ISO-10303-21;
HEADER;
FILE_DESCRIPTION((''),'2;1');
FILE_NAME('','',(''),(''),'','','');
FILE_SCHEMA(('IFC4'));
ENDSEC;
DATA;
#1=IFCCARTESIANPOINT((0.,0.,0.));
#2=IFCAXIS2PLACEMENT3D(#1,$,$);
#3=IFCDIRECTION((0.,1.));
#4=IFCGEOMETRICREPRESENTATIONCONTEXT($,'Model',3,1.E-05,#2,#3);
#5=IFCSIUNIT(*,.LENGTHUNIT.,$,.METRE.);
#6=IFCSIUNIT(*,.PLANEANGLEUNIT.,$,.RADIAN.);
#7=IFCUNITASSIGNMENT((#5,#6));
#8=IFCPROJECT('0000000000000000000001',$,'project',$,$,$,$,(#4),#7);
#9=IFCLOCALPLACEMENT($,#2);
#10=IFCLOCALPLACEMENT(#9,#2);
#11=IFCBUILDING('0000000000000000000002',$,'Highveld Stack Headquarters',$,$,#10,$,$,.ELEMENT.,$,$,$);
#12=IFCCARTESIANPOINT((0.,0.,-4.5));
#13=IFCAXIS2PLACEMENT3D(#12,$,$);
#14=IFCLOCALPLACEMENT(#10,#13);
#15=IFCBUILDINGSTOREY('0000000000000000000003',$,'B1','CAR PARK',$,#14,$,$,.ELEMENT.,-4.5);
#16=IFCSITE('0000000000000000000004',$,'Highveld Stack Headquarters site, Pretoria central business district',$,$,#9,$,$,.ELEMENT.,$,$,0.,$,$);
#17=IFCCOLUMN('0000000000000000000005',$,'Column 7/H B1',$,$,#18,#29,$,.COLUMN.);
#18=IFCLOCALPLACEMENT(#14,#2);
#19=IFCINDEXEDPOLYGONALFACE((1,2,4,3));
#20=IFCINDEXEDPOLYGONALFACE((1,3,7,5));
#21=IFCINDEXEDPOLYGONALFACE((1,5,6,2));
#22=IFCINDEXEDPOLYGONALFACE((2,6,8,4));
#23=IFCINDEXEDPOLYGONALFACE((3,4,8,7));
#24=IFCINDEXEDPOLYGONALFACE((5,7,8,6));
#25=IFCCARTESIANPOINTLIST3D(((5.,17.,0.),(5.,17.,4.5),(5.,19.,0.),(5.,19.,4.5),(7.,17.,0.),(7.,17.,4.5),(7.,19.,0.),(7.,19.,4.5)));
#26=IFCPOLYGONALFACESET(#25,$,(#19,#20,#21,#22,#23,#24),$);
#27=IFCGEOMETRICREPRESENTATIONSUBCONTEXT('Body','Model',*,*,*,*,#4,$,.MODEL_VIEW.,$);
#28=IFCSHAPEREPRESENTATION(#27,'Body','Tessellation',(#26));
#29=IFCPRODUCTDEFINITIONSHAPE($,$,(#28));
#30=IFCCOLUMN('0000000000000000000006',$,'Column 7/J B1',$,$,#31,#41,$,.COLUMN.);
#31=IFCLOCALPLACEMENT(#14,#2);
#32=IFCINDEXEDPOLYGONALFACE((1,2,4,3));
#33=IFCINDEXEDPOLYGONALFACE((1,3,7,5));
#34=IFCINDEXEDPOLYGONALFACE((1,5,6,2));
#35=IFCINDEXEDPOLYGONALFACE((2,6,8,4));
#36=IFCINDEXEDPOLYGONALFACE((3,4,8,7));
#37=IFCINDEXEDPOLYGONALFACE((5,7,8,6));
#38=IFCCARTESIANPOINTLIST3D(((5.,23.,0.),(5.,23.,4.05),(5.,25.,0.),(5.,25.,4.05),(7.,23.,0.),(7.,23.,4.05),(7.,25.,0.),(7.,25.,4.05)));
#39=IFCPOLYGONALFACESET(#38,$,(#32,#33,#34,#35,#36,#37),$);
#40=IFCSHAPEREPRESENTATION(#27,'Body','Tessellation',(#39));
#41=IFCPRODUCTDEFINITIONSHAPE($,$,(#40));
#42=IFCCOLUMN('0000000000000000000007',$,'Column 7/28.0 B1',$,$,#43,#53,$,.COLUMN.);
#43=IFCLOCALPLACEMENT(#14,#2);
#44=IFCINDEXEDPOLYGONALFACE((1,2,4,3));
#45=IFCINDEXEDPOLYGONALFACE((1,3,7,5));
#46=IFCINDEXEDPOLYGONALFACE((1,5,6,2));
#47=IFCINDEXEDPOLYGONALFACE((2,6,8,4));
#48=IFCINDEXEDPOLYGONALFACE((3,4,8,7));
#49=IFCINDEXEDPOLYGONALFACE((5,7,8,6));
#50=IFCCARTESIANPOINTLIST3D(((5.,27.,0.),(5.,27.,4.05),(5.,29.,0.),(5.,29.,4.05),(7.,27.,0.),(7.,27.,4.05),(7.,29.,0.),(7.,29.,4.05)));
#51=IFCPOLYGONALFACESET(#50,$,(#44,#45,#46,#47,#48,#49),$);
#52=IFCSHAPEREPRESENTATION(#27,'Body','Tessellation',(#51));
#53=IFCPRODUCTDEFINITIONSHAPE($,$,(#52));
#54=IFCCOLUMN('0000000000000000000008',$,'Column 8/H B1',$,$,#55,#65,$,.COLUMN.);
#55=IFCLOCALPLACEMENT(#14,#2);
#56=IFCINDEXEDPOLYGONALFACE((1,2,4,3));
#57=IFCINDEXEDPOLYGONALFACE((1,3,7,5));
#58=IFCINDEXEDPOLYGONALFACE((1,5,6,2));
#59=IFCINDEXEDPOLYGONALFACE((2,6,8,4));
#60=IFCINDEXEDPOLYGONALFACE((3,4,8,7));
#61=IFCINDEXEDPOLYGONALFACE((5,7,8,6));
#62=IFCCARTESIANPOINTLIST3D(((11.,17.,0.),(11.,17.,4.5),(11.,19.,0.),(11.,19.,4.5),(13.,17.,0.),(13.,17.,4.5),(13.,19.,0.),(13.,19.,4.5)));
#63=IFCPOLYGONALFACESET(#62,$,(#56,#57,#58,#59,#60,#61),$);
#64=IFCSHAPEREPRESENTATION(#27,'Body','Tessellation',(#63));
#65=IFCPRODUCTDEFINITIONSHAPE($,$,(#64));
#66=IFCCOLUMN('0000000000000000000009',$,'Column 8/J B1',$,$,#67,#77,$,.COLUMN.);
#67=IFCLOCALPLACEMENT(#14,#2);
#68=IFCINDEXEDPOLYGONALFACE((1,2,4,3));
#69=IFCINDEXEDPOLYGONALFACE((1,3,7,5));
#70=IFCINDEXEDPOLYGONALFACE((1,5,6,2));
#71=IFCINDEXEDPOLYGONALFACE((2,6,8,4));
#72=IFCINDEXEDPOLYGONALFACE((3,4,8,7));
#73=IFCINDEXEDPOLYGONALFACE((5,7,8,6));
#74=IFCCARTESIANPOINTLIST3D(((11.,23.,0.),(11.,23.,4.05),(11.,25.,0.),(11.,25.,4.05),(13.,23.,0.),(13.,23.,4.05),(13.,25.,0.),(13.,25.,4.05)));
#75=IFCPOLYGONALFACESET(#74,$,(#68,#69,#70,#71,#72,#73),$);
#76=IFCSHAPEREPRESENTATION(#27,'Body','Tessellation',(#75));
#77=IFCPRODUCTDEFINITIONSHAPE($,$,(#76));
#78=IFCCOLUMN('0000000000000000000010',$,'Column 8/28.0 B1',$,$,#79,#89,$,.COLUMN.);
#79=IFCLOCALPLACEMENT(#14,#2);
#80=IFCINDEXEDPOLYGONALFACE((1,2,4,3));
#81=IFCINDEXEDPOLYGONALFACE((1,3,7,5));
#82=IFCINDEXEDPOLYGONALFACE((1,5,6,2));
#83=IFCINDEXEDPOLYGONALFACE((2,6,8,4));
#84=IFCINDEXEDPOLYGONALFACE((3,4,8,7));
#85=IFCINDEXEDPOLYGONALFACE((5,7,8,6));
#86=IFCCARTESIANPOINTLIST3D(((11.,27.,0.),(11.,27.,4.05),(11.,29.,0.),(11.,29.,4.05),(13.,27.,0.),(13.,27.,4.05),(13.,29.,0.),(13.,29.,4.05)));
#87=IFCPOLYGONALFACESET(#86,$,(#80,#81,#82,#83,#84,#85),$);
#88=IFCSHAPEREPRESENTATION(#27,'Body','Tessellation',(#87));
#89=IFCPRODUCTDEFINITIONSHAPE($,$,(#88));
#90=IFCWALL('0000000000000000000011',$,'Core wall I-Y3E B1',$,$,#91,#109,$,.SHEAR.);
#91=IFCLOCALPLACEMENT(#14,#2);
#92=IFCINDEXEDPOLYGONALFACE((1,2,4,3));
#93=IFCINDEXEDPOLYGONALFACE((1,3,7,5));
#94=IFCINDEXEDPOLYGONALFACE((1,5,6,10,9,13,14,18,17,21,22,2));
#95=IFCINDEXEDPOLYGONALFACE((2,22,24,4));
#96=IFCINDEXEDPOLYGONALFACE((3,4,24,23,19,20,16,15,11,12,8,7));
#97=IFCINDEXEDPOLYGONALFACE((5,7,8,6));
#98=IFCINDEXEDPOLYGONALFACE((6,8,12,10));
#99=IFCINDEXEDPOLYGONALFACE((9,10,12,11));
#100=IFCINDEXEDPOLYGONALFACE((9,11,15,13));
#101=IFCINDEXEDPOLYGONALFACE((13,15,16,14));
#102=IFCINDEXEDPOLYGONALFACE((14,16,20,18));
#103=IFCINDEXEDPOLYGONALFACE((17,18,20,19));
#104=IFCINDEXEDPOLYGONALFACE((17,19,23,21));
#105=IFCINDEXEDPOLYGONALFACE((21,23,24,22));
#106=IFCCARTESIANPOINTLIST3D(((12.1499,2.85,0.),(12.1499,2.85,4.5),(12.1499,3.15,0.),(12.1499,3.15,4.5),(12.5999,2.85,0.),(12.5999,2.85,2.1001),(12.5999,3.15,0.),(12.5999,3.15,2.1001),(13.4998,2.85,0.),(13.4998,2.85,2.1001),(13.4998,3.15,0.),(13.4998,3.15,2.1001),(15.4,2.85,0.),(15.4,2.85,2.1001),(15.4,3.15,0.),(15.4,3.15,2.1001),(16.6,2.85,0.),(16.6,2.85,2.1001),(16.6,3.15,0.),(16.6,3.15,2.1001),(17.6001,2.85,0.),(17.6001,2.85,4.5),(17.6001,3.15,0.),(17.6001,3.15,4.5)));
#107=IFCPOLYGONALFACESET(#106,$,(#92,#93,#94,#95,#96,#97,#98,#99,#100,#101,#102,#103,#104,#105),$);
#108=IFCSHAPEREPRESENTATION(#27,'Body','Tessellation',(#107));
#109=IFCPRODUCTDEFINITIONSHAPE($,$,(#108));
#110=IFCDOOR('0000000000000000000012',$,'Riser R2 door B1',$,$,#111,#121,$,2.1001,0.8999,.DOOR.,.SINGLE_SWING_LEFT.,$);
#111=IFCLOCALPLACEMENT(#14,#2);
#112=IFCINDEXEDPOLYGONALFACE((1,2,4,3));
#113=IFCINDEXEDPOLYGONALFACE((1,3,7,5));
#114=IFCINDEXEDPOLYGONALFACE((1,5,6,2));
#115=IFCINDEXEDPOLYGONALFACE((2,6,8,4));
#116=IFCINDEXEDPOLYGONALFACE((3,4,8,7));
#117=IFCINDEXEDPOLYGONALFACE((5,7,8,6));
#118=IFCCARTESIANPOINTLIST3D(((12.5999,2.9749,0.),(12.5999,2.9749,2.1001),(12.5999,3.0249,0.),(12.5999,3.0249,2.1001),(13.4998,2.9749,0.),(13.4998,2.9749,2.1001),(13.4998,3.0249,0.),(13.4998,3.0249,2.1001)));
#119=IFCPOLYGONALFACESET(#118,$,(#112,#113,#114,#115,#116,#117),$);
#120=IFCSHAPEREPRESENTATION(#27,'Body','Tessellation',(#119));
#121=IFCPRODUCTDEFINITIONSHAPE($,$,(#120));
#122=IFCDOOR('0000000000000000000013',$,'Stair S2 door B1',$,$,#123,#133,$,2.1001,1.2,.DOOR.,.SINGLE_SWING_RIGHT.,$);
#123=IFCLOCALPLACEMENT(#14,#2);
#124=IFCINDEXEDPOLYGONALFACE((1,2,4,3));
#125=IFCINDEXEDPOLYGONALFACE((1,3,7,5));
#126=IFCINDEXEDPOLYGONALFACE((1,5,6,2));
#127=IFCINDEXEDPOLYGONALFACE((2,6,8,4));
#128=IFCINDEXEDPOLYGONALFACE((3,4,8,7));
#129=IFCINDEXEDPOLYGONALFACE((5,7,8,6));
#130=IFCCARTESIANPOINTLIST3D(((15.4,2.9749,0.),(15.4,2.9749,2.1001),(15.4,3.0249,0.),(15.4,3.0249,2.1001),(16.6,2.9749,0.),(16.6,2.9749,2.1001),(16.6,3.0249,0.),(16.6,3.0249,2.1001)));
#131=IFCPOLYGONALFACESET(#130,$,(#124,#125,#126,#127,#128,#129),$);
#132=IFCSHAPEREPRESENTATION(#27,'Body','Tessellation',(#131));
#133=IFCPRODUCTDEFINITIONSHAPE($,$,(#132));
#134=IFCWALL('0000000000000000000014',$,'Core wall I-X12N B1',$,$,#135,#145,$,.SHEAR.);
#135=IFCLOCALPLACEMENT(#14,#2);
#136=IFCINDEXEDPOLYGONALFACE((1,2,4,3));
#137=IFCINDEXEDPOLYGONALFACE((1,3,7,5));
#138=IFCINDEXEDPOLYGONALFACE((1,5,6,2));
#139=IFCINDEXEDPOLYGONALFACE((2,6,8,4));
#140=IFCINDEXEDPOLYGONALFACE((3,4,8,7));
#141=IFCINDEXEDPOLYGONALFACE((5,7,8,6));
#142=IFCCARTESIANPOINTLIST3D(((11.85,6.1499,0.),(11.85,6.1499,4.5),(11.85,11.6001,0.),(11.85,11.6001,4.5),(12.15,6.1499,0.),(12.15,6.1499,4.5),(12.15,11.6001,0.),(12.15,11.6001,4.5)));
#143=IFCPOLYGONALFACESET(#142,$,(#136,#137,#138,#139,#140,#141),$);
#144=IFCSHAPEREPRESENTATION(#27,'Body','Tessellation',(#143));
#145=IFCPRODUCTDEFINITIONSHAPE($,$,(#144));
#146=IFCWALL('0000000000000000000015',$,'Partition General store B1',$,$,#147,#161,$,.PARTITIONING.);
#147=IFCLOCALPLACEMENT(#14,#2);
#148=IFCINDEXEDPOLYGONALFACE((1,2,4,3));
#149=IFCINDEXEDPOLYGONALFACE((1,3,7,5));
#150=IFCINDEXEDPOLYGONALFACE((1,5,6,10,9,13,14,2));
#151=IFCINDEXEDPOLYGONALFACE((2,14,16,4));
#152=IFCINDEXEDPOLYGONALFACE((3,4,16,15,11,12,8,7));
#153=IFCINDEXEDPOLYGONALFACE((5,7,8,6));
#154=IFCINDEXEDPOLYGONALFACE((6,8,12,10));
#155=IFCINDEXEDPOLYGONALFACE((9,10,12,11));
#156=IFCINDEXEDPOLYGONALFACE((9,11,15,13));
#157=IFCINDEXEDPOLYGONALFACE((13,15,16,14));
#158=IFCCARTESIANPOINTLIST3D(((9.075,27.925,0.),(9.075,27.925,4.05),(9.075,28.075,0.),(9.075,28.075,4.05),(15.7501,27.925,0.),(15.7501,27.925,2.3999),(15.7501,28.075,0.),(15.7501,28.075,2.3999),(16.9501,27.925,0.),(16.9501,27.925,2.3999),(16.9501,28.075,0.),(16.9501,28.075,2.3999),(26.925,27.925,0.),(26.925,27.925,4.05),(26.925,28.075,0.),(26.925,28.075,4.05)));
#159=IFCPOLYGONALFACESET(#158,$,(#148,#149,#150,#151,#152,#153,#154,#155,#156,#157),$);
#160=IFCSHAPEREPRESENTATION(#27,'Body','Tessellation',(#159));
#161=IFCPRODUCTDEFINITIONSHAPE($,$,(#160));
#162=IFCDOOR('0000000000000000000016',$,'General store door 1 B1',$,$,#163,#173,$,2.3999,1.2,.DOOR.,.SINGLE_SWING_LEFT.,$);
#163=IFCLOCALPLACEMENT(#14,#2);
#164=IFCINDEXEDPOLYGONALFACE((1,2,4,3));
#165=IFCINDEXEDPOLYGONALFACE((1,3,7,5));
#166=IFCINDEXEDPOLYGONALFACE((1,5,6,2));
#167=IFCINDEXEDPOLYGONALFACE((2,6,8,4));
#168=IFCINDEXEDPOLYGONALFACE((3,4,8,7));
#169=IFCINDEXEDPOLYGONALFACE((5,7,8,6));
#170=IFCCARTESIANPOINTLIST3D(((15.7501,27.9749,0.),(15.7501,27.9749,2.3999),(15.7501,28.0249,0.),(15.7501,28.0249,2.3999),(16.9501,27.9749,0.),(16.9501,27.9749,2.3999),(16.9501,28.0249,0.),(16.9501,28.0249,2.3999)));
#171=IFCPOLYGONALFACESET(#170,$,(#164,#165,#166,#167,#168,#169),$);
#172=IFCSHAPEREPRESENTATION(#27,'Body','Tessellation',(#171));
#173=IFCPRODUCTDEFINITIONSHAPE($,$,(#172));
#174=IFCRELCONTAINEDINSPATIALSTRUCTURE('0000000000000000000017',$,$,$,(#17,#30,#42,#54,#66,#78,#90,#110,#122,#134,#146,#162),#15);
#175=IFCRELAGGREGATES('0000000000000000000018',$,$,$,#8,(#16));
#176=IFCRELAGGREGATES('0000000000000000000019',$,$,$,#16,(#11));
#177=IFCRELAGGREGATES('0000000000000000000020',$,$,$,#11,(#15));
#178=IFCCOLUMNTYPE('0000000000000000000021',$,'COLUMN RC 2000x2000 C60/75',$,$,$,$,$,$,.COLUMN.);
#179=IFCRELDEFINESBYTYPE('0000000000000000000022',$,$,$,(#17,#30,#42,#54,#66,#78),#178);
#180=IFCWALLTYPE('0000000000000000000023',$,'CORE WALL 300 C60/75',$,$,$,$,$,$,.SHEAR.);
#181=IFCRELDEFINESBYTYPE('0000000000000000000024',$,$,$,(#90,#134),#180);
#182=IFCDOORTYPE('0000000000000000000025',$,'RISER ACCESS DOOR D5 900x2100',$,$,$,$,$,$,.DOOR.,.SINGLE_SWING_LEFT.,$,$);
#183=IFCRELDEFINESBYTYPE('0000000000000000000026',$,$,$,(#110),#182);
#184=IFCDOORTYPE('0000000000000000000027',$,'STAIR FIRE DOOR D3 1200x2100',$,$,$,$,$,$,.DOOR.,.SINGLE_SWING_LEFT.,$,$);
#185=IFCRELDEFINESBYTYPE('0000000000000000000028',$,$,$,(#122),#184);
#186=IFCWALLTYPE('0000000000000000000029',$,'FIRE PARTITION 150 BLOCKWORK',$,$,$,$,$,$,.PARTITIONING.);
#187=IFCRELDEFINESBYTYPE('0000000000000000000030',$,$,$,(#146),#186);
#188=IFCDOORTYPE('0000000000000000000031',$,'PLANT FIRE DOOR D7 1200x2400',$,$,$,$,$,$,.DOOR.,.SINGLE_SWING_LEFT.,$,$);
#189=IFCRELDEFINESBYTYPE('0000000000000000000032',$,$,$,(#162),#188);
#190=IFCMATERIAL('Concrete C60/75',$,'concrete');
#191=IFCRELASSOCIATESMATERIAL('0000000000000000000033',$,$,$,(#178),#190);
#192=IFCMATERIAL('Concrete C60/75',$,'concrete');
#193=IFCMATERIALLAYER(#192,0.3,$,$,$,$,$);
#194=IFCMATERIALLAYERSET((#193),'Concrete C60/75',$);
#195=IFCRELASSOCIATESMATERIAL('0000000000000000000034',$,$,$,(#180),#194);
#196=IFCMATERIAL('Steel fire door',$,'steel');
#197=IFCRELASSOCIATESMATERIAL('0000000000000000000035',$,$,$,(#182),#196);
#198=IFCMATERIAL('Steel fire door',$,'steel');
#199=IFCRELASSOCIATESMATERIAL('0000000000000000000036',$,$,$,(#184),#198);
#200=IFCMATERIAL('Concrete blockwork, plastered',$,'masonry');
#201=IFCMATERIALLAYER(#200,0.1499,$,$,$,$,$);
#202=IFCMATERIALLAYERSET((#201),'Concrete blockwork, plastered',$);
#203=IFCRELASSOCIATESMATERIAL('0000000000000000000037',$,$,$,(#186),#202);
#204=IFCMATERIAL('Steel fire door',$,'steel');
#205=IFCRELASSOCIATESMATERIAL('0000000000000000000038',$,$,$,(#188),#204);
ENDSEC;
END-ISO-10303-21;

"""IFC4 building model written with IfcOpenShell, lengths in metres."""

from ifc_helpers import new_model, si_unit, direction, frame, frame_2d, origin, origin_2d, place, context, subcontext, project, spatial, rectangle, extrude, material, layer, layer_set, material_profile, profile_set, type_object, element, fill, save


model = new_model("IFC4")

# Units and contexts
model_context = context("Model", 3, precision=1e-05, world=origin(), true_north=direction((0.0, 1.0)))
body_context = subcontext(model_context, "Body", "Model", "MODEL_VIEW")
ifc_project = project(units=[si_unit("LENGTHUNIT", "METRE"), si_unit("PLANEANGLEUNIT", "RADIAN")], contexts=[model_context])

# Site, building, storey
site_placement = place(None, origin())
site = spatial("IfcSite", under=ifc_project, at=site_placement, Name="Highveld Stack Headquarters site, Pretoria central business district", CompositionType="ELEMENT", RefElevation=0.0)
building_placement = place(site_placement, origin())
building = spatial("IfcBuilding", under=site, at=building_placement, Name="Highveld Stack Headquarters", CompositionType="ELEMENT")
storey_placement = place(building_placement, frame((0.0, 0.0, -4.5)))
storey = spatial("IfcBuildingStorey", under=building, at=storey_placement, Name="B1", Description="CAR PARK", CompositionType="ELEMENT", Elevation=-4.5)

# Columns
ifc_material_1 = material(Name="Concrete C60/75", Category="concrete")
ifc_material_profile = material_profile(ifc_material_1, rectangle(XDim=2.0, YDim=2.0, at=origin_2d()), Name="RC 2000x2000")
ifc_profile_set = profile_set([ifc_material_profile], Name="Concrete C60/75")
column_type = type_object("IfcColumnType", Name="COLUMN RC 2000x2000 C60/75", PredefinedType="COLUMN", material=ifc_profile_set)
column_1_placement = place(storey_placement, frame((6.0, 18.0, 0.0), z_axis=(0.0, 0.0, 1.0), x_axis=(1.0, 0.0, 0.0)))
element("IfcColumn", 1, at=column_1_placement, inside=storey, type_object=column_type, Name="Column 7/H B1", PredefinedType="COLUMN", context=body_context, shape_type="SweptSolid", body=[
    extrude(rectangle(XDim=2.0, YDim=2.0, at=origin_2d()), origin(), (0.0, 0.0, 1.0), 4.5),
])
for number, where, z_axis, x_axis, name in (
    (2, (6.0, 24.0, 0.0), (0.0, 0.0, 1.0), (1.0, 0.0, 0.0), "Column 7/J B1"),
    (3, (6.0, 28.0, 0.0), (0.0, 0.0, 1.0), (1.0, 0.0, 0.0), "Column 7/28.0 B1"),
):
    element("IfcColumn", number, at=place(storey_placement, frame(where, z_axis=z_axis, x_axis=x_axis)), inside=storey, type_object=column_type, Name=name, PredefinedType="COLUMN", context=body_context, shape_type="SweptSolid", body=[
        extrude(rectangle(XDim=2.0, YDim=2.0, at=origin_2d()), origin(), (0.0, 0.0, 1.0), 4.05),
    ])
column_2_placement = place(storey_placement, frame((12.0, 18.0, 0.0), z_axis=(0.0, 0.0, 1.0), x_axis=(1.0, 0.0, 0.0)))
element("IfcColumn", 4, at=column_2_placement, inside=storey, type_object=column_type, Name="Column 8/H B1", PredefinedType="COLUMN", context=body_context, shape_type="SweptSolid", body=[
    extrude(rectangle(XDim=2.0, YDim=2.0, at=origin_2d()), origin(), (0.0, 0.0, 1.0), 4.5),
])
for number, where, z_axis, x_axis, name in (
    (5, (12.0, 24.0, 0.0), (0.0, 0.0, 1.0), (1.0, 0.0, 0.0), "Column 8/J B1"),
    (6, (12.0, 28.0, 0.0), (0.0, 0.0, 1.0), (1.0, 0.0, 0.0), "Column 8/28.0 B1"),
):
    element("IfcColumn", number, at=place(storey_placement, frame(where, z_axis=z_axis, x_axis=x_axis)), inside=storey, type_object=column_type, Name=name, PredefinedType="COLUMN", context=body_context, shape_type="SweptSolid", body=[
        extrude(rectangle(XDim=2.0, YDim=2.0, at=origin_2d()), origin(), (0.0, 0.0, 1.0), 4.05),
    ])

# Wall, openings, doors
ifc_material_2 = material(Name="Concrete C60/75", Category="concrete")
ifc_layer_1 = layer(ifc_material_2, 0.3)
ifc_layer_set_1 = layer_set([ifc_layer_1], Name="Concrete C60/75")
wall_type_1 = type_object("IfcWallType", Name="CORE WALL 300 C60/75", PredefinedType="SHEAR", material=ifc_layer_set_1)
wall_1_placement = place(storey_placement, frame((12.1499, 3.0, 0.0), z_axis=(0.0, 0.0, 1.0), x_axis=(1.0, 0.0, 0.0)))
wall_1 = element("IfcWall", 7, at=wall_1_placement, inside=storey, type_object=wall_type_1, Name="Core wall I-Y3E B1", PredefinedType="SHEAR", context=body_context, shape_type="SweptSolid", body=[
    extrude(rectangle(XDim=5.4502, YDim=0.3, at=frame_2d((2.7251, 0.0))), origin(), (0.0, 0.0, 1.0), 4.5),
])
opening_1_placement = place(wall_1_placement, frame((3.25, 0.0, 0.0)))
opening_1 = element("IfcOpeningElement", 8, at=opening_1_placement, cuts=wall_1, PredefinedType="OPENING", context=body_context, shape_type="SweptSolid", body=[
    extrude(rectangle(XDim=1.2, YDim=2.1001, at=frame_2d((0.6001, 1.05))), frame((0.0, 0.1599, 0.0), z_axis=(0.0, -1.0, 0.0), x_axis=(1.0, 0.0, 0.0)), (0.0, 0.0, 1.0), 0.3201),
])
opening_2_placement = place(wall_1_placement, frame((0.45, 0.0, 0.0)))
opening_2 = element("IfcOpeningElement", 9, at=opening_2_placement, cuts=wall_1, PredefinedType="OPENING", context=body_context, shape_type="SweptSolid", body=[
    extrude(rectangle(XDim=0.8999, YDim=2.1001, at=frame_2d((0.45, 1.05))), frame((0.0, 0.1599, 0.0), z_axis=(0.0, -1.0, 0.0), x_axis=(1.0, 0.0, 0.0)), (0.0, 0.0, 1.0), 0.3201),
])
ifc_material_3 = material(Name="Steel fire door", Category="steel")
door_type_1 = type_object("IfcDoorType", Name="RISER ACCESS DOOR D5 900x2100", OperationType="SINGLE_SWING_LEFT", PredefinedType="DOOR", material=ifc_material_3)
door_1_placement = place(opening_2_placement, origin())
door_1 = element("IfcDoor", 10, at=door_1_placement, inside=storey, type_object=door_type_1, Name="Riser R2 door B1", OperationType="SINGLE_SWING_LEFT", OverallHeight=2.1001, OverallWidth=0.8999, PredefinedType="DOOR", context=body_context, shape_type="SweptSolid", body=[
    extrude(rectangle(XDim=0.8999, YDim=2.1001, at=frame_2d((0.45, 1.05))), frame((0.0, 0.0249, 0.0), z_axis=(0.0, -1.0, 0.0), x_axis=(1.0, 0.0, 0.0)), (0.0, 0.0, 1.0), 0.05),
])
fill(opening_2, door_1)
ifc_material_4 = material(Name="Steel fire door", Category="steel")
door_type_2 = type_object("IfcDoorType", Name="STAIR FIRE DOOR D3 1200x2100", OperationType="SINGLE_SWING_LEFT", PredefinedType="DOOR", material=ifc_material_4)
door_2_placement = place(opening_1_placement, origin())
door_2 = element("IfcDoor", 11, at=door_2_placement, inside=storey, type_object=door_type_2, Name="Stair S2 door B1", OperationType="SINGLE_SWING_RIGHT", OverallHeight=2.1001, OverallWidth=1.2, PredefinedType="DOOR", context=body_context, shape_type="SweptSolid", body=[
    extrude(rectangle(XDim=1.2, YDim=2.1001, at=frame_2d((0.6001, 1.05))), frame((0.0, 0.0249, 0.0), z_axis=(0.0, -1.0, 0.0), x_axis=(1.0, 0.0, 0.0)), (0.0, 0.0, 1.0), 0.05),
])
fill(opening_1, door_2)

# Wall
wall_2_placement = place(storey_placement, frame((12.0, 6.1499, 0.0), z_axis=(0.0, 0.0, 1.0), x_axis=(0.0, 1.0, 0.0)))
element("IfcWall", 12, at=wall_2_placement, inside=storey, type_object=wall_type_1, Name="Core wall I-X12N B1", PredefinedType="SHEAR", context=body_context, shape_type="SweptSolid", body=[
    extrude(rectangle(XDim=5.4502, YDim=0.3, at=frame_2d((2.7251, 0.0))), origin(), (0.0, 0.0, 1.0), 4.5),
])

# Wall, opening, door
ifc_material_5 = material(Name="Concrete blockwork, plastered", Category="masonry")
ifc_layer_2 = layer(ifc_material_5, 0.1499)
ifc_layer_set_2 = layer_set([ifc_layer_2], Name="Concrete blockwork, plastered")
wall_type_2 = type_object("IfcWallType", Name="FIRE PARTITION 150 BLOCKWORK", PredefinedType="PARTITIONING", material=ifc_layer_set_2)
wall_3_placement = place(storey_placement, frame((9.075, 28.0, 0.0), z_axis=(0.0, 0.0, 1.0), x_axis=(1.0, 0.0, 0.0)))
wall_3 = element("IfcWall", 13, at=wall_3_placement, inside=storey, type_object=wall_type_2, Name="Partition General store B1", PredefinedType="PARTITIONING", context=body_context, shape_type="SweptSolid", body=[
    extrude(rectangle(XDim=17.8501, YDim=0.1499, at=frame_2d((8.925, 0.0))), origin(), (0.0, 0.0, 1.0), 4.05),
])
opening_3_placement = place(wall_3_placement, frame((6.675, 0.0, 0.0)))
opening_3 = element("IfcOpeningElement", 14, at=opening_3_placement, cuts=wall_3, PredefinedType="OPENING", context=body_context, shape_type="SweptSolid", body=[
    extrude(rectangle(XDim=1.2, YDim=2.3999, at=frame_2d((0.6001, 1.2))), frame((0.0, 0.085, 0.0), z_axis=(0.0, -1.0, 0.0), x_axis=(1.0, 0.0, 0.0)), (0.0, 0.0, 1.0), 0.1699),
])
ifc_material_6 = material(Name="Steel fire door", Category="steel")
door_type_3 = type_object("IfcDoorType", Name="PLANT FIRE DOOR D7 1200x2400", OperationType="SINGLE_SWING_LEFT", PredefinedType="DOOR", material=ifc_material_6)
door_3_placement = place(opening_3_placement, origin())
door_3 = element("IfcDoor", 15, at=door_3_placement, inside=storey, type_object=door_type_3, Name="General store door 1 B1", OperationType="SINGLE_SWING_LEFT", OverallHeight=2.3999, OverallWidth=1.2, PredefinedType="DOOR", context=body_context, shape_type="SweptSolid", body=[
    extrude(rectangle(XDim=1.2, YDim=2.3999, at=frame_2d((0.6001, 1.2))), frame((0.0, 0.0249, 0.0), z_axis=(0.0, -1.0, 0.0), x_axis=(1.0, 0.0, 0.0)), (0.0, 0.0, 1.0), 0.05),
])
fill(opening_3, door_3)

save(model, "model.ifc")
